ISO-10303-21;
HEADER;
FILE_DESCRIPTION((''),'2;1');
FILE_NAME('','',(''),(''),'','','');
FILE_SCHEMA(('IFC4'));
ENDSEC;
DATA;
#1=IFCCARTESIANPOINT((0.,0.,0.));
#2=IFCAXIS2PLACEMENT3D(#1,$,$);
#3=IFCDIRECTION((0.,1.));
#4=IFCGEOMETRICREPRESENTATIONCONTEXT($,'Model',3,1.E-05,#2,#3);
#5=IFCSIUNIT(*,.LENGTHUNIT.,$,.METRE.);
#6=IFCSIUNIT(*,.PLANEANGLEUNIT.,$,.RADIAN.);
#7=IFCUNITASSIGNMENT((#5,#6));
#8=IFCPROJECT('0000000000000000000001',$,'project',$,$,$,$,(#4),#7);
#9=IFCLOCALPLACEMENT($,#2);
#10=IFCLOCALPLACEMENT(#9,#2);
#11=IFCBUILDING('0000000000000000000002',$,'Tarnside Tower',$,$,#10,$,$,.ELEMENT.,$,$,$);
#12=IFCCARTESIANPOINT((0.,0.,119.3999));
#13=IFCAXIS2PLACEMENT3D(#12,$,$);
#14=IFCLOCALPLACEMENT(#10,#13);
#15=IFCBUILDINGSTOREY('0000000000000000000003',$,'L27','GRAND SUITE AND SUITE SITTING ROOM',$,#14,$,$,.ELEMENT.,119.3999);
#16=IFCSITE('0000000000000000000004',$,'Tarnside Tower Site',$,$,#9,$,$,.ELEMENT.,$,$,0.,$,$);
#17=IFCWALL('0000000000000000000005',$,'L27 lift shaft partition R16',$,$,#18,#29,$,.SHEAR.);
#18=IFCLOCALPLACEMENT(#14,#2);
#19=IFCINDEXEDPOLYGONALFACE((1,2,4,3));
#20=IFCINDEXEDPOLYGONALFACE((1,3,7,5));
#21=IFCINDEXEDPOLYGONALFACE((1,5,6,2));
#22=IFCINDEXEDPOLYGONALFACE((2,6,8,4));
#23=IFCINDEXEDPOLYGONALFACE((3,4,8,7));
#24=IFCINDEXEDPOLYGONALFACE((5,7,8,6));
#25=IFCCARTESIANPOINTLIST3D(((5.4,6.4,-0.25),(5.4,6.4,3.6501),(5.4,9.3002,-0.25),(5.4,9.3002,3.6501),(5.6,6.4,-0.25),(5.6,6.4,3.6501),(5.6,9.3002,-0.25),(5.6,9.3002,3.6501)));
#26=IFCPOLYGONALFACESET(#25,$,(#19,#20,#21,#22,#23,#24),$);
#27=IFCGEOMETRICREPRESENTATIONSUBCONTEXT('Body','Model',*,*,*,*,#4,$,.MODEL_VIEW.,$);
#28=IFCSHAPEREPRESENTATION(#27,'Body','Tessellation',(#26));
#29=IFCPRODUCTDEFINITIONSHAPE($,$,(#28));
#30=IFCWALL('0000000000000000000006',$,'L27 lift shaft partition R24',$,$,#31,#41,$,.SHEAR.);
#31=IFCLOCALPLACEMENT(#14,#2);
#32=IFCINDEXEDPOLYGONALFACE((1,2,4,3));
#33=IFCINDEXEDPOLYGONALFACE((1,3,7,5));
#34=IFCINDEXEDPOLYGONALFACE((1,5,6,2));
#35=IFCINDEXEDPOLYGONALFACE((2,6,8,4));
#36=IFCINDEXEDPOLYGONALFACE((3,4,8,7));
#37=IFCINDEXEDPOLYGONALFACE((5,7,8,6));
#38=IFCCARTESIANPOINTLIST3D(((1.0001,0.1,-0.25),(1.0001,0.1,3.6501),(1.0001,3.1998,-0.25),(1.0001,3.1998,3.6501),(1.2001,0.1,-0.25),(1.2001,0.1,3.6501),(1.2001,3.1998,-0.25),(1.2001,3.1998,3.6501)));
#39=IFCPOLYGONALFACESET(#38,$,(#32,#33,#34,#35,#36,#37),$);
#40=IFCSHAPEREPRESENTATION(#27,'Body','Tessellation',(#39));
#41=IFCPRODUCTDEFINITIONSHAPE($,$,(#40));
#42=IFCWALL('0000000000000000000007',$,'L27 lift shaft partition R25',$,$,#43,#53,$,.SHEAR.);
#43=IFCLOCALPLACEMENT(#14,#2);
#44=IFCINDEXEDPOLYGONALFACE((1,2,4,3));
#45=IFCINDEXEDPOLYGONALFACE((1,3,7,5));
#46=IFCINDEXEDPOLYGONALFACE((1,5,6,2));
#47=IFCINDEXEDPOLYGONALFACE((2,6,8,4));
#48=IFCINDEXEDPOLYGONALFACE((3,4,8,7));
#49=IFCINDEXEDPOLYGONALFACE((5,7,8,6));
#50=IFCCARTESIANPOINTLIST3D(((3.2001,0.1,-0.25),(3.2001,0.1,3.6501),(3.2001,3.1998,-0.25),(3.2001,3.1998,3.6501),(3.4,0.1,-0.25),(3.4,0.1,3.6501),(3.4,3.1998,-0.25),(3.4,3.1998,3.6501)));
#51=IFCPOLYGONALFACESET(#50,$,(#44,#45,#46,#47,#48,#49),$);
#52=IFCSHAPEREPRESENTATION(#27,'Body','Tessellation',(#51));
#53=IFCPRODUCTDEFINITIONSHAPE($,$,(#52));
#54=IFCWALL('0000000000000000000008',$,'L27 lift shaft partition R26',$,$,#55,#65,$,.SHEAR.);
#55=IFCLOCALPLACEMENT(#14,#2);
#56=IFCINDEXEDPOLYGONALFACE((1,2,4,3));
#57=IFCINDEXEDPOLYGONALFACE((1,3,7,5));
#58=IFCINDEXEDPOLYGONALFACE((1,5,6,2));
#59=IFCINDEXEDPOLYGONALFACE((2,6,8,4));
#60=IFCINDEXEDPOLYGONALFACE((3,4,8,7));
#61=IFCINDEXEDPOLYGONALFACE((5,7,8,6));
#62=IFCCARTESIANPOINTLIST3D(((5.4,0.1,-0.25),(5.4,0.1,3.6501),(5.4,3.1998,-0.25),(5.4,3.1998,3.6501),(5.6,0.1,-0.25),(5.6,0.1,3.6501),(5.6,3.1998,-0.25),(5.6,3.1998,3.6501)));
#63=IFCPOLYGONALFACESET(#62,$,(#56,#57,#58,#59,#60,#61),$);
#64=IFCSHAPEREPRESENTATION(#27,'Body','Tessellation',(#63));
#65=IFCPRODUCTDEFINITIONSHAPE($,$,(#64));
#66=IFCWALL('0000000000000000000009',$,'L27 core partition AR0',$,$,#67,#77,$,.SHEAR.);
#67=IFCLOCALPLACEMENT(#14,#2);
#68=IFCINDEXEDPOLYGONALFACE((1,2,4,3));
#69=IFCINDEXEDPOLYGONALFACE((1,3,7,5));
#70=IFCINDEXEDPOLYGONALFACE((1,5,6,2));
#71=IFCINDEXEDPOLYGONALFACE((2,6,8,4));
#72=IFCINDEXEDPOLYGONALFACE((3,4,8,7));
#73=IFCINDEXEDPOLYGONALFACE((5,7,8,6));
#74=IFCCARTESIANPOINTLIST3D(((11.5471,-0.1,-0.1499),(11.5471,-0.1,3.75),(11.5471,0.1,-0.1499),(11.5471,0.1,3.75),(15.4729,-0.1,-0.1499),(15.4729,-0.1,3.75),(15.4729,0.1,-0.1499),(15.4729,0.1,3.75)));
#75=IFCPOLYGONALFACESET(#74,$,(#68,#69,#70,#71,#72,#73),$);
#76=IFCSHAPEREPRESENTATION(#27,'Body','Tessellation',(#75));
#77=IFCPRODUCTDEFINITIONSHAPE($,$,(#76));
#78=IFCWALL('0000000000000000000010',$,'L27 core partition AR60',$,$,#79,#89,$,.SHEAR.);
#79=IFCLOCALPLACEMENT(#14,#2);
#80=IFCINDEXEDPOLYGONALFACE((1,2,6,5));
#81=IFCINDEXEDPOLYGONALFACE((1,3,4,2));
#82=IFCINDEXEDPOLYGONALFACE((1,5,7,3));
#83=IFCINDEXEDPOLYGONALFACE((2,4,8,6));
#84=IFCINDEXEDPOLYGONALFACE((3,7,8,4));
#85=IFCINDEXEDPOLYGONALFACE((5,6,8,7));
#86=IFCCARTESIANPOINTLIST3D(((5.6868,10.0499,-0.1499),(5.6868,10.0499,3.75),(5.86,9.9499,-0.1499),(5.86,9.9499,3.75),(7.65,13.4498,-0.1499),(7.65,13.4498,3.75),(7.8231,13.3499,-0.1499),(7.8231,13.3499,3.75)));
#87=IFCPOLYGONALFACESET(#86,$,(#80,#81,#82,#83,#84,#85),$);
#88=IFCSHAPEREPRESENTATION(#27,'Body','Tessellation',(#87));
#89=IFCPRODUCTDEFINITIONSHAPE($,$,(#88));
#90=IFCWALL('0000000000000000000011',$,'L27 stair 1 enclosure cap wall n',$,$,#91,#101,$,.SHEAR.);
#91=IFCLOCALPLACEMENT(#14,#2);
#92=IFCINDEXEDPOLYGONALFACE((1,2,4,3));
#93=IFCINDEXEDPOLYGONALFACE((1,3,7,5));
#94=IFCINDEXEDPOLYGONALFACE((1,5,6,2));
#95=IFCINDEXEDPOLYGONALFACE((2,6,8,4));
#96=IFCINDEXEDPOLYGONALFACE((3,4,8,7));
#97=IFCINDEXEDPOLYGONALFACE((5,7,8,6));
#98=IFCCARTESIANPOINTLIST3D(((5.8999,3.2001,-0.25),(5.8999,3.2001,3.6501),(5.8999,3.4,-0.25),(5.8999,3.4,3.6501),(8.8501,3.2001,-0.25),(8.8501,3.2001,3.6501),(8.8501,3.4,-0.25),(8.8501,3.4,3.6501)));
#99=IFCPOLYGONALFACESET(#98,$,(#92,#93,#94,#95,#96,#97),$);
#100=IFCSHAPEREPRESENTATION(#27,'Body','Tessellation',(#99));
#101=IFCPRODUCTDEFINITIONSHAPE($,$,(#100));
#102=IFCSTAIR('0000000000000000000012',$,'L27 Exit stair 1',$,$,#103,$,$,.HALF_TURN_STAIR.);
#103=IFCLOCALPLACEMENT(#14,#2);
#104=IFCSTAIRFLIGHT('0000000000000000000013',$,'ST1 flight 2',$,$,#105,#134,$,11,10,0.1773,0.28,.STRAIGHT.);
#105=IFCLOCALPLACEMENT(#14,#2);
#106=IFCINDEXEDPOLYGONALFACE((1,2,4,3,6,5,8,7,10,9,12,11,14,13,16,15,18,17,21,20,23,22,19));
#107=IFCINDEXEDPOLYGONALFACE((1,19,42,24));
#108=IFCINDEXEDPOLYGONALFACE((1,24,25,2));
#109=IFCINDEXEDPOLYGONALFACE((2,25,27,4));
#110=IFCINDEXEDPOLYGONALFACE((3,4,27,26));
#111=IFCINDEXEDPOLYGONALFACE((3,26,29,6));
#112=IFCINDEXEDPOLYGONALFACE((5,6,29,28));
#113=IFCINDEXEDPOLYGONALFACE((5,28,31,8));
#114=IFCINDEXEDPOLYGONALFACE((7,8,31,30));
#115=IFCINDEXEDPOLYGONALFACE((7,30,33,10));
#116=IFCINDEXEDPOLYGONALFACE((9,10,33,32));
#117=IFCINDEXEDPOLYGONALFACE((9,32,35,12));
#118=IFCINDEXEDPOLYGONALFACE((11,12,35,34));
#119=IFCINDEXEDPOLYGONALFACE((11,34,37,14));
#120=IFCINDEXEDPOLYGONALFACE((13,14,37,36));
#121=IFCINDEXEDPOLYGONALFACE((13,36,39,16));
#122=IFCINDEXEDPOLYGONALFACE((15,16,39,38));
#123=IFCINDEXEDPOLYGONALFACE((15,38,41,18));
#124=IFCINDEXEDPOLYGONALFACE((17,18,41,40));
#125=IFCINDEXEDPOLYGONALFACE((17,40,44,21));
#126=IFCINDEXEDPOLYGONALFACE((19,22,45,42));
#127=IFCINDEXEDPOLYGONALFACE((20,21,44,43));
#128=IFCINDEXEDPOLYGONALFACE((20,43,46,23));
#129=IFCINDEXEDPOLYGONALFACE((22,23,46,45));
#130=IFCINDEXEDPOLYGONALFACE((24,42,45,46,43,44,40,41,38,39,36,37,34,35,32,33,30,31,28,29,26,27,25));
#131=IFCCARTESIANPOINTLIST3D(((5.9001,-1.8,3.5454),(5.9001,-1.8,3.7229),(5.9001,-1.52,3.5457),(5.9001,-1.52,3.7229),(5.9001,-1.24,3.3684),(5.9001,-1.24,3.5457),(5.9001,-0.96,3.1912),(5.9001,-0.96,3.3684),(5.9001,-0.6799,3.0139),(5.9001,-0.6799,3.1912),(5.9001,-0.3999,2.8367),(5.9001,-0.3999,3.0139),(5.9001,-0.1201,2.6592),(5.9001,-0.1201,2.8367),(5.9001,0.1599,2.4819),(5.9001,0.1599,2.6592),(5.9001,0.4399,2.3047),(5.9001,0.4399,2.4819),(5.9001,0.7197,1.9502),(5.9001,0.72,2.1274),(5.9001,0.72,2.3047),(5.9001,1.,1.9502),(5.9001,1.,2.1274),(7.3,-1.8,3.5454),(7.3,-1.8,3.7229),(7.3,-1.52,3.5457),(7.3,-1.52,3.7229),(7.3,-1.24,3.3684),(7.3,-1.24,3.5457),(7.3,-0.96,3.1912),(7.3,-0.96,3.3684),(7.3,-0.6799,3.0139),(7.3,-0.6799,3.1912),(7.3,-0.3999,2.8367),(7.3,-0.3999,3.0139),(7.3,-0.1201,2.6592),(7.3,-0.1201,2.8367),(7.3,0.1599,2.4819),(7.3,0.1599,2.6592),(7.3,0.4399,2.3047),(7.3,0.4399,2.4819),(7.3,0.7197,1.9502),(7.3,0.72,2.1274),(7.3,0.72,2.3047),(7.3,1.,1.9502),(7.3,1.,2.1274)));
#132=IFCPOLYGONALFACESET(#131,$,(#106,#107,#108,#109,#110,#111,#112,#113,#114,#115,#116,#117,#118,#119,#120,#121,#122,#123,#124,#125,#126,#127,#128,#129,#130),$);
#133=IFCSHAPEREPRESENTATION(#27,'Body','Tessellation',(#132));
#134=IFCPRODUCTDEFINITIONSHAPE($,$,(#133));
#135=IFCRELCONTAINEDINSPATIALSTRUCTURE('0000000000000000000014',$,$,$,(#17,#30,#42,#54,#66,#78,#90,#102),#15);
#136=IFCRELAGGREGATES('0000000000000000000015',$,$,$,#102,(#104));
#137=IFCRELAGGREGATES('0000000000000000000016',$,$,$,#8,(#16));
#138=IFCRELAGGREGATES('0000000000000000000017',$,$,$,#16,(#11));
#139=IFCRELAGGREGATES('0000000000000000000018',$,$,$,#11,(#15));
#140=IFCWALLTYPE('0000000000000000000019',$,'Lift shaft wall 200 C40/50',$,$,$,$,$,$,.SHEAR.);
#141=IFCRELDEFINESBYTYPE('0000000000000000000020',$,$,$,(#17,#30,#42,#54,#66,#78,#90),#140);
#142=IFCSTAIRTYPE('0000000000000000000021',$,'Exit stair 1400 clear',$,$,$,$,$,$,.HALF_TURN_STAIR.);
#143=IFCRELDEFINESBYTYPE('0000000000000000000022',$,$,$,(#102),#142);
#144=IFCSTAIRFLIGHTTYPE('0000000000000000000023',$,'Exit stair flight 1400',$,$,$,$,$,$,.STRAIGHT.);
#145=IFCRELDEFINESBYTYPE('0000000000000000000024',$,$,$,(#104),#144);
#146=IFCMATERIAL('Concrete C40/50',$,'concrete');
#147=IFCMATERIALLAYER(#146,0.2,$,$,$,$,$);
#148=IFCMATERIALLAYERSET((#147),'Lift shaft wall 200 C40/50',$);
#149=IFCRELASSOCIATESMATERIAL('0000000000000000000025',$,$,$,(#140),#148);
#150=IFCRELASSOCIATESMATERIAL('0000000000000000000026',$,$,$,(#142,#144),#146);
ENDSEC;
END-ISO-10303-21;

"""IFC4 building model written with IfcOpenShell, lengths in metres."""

from ifc_helpers import new_model, si_unit, direction, frame, frame_2d, origin, place, context, subcontext, project, spatial, polyline, rectangle, outline, extrude, material, layer, layer_set, type_object, element, aggregate, save


model = new_model("IFC4")

# Units and contexts
model_context = context("Model", 3, precision=1e-05, world=origin(), true_north=direction((0.0, 1.0)))
body_context = subcontext(model_context, "Body", "Model", "MODEL_VIEW")
ifc_project = project(units=[si_unit("LENGTHUNIT", "METRE"), si_unit("PLANEANGLEUNIT", "RADIAN")], contexts=[model_context])

# Site, building, storey
site_placement = place(None, origin())
site = spatial("IfcSite", under=ifc_project, at=site_placement, Name="Tarnside Tower Site", CompositionType="ELEMENT", RefElevation=0.0)
building_placement = place(site_placement, origin())
building = spatial("IfcBuilding", under=site, at=building_placement, Name="Tarnside Tower", CompositionType="ELEMENT")
storey_placement = place(building_placement, frame((0.0, 0.0, 119.3999)))
storey = spatial("IfcBuildingStorey", under=building, at=storey_placement, Name="L27", Description="GRAND SUITE AND SUITE SITTING ROOM", CompositionType="ELEMENT", Elevation=119.3999)

# Shared definitions
ifc_material_1 = material(Name="Concrete C40/50", Category="concrete")

# Walls
ifc_layer_1 = layer(ifc_material_1, 0.2)
ifc_layer_set_1 = layer_set([ifc_layer_1], Name="Lift shaft wall 200 C40/50")
wall_type_1 = type_object("IfcWallType", Name="Lift shaft wall 200 C40/50", PredefinedType="SHEAR", material=ifc_layer_set_1)
for number, where, z_axis, x_axis, name in (
    (1, (5.5, 6.3999, -0.25), (0.0, 0.0, 1.0), (0.0, 1.0, 0.0), "L27 lift shaft partition R16"),
):
    element("IfcWall", number, at=place(storey_placement, frame(where, z_axis=z_axis, x_axis=x_axis)), inside=storey, type_object=wall_type_1, Name=name, PredefinedType="SHEAR", context=body_context, shape_type="SweptSolid", body=[
        extrude(rectangle(XDim=2.9001, YDim=0.2, at=frame_2d((1.4502, 0.0))), origin(), (0.0, 0.0, 1.0), 3.9001),
    ])
for number, where, z_axis, x_axis, name in (
    (2, (1.1001, 0.1001, -0.25), (0.0, 0.0, 1.0), (0.0, 1.0, 0.0), "L27 lift shaft partition R24"),
    (3, (3.3, 0.1001, -0.25), (0.0, 0.0, 1.0), (0.0, 1.0, 0.0), "L27 lift shaft partition R25"),
    (4, (5.5, 0.1001, -0.25), (0.0, 0.0, 1.0), (0.0, 1.0, 0.0), "L27 lift shaft partition R26"),
):
    element("IfcWall", number, at=place(storey_placement, frame(where, z_axis=z_axis, x_axis=x_axis)), inside=storey, type_object=wall_type_1, Name=name, PredefinedType="SHEAR", context=body_context, shape_type="SweptSolid", body=[
        extrude(rectangle(XDim=3.0999, YDim=0.2, at=frame_2d((1.5498, 0.0))), origin(), (0.0, 0.0, 1.0), 3.9001),
    ])
wall_1_placement = place(storey_placement, frame((11.5471, 0.0, -0.1499), z_axis=(0.0, 0.0, 1.0), x_axis=(1.0, 0.0, 0.0)))
element("IfcWall", 5, at=wall_1_placement, inside=storey, type_object=wall_type_1, Name="L27 core partition AR0", PredefinedType="SHEAR", context=body_context, shape_type="SweptSolid", body=[
    extrude(rectangle(XDim=3.9258, YDim=0.2, at=frame_2d((1.9629, 0.0))), origin(), (0.0, 0.0, 1.0), 3.8999),
])
wall_2_placement = place(storey_placement, frame((5.7734, 10.0, -0.1499), z_axis=(0.0, 0.0, 1.0), x_axis=(0.500038, 0.866003, 0.0)))
element("IfcWall", 6, at=wall_2_placement, inside=storey, type_object=wall_type_1, Name="L27 core partition AR60", PredefinedType="SHEAR", context=body_context, shape_type="SweptSolid", body=[
    extrude(rectangle(XDim=3.926, YDim=0.2, at=frame_2d((1.9629, 0.0))), origin(), (0.0, 0.0, 1.0), 3.8999),
])
wall_3_placement = place(storey_placement, frame((5.8999, 3.3, -0.25), z_axis=(0.0, 0.0, 1.0), x_axis=(1.0, 0.0, 0.0)))
element("IfcWall", 7, at=wall_3_placement, inside=storey, type_object=wall_type_1, Name="L27 stair 1 enclosure cap wall n", PredefinedType="SHEAR", context=body_context, shape_type="SweptSolid", body=[
    extrude(rectangle(XDim=2.9502, YDim=0.2, at=frame_2d((1.4751, 0.0))), origin(), (0.0, 0.0, 1.0), 3.9001),
])

# Stair, stair flight
stair_type = type_object("IfcStairType", Name="Exit stair 1400 clear", PredefinedType="HALF_TURN_STAIR", material=ifc_material_1)
stair_placement = place(storey_placement, origin())
stair = element("IfcStair", 8, at=stair_placement, inside=storey, type_object=stair_type, Name="L27 Exit stair 1", PredefinedType="HALF_TURN_STAIR")
stair_flight_type = type_object("IfcStairFlightType", Name="Exit stair flight 1400", PredefinedType="STRAIGHT", material=ifc_material_1)
stair_flight_placement = place(storey_placement, frame((6.6001, 1.0, 1.9502), z_axis=(0.0, 0.0, 1.0), x_axis=(0.0, -1.0, 0.0)))
stair_flight = element("IfcStairFlight", 9, at=stair_flight_placement, type_object=stair_flight_type, Name="ST1 flight 2", NumberOfRisers=11, NumberOfTreads=10, PredefinedType="STRAIGHT", RiserHeight=0.1773, TreadLength=0.28, context=body_context, shape_type="SweptSolid", body=[
    extrude(outline(polyline([(0.0, 0.0), (0.0, 0.1772), (0.28, 0.1772), (0.28, 0.3545), (0.5601, 0.3545), (0.5601, 0.5317), (0.8401, 0.5317), (0.8401, 0.709), (1.1201, 0.709), (1.1201, 0.8865), (1.3999, 0.8865), (1.3999, 1.0637), (1.6799, 1.0637), (1.6799, 1.241), (1.96, 1.241), (1.96, 1.4182), (2.24, 1.4182), (2.24, 1.5955), (2.52, 1.5955), (2.52, 1.7727), (2.8, 1.7727), (2.8, 1.95), (2.8, 1.5952), (0.2803, 0.0), (0.0, 0.0)])), frame((0.0, 0.7, 0.0), z_axis=(0.0, -1.0, 0.0), x_axis=(1.0, 0.0, 0.0)), (0.0, 0.0, 1.0), 1.3999),
])
aggregate(stair, [stair_flight])

save(model, "model.ifc")
